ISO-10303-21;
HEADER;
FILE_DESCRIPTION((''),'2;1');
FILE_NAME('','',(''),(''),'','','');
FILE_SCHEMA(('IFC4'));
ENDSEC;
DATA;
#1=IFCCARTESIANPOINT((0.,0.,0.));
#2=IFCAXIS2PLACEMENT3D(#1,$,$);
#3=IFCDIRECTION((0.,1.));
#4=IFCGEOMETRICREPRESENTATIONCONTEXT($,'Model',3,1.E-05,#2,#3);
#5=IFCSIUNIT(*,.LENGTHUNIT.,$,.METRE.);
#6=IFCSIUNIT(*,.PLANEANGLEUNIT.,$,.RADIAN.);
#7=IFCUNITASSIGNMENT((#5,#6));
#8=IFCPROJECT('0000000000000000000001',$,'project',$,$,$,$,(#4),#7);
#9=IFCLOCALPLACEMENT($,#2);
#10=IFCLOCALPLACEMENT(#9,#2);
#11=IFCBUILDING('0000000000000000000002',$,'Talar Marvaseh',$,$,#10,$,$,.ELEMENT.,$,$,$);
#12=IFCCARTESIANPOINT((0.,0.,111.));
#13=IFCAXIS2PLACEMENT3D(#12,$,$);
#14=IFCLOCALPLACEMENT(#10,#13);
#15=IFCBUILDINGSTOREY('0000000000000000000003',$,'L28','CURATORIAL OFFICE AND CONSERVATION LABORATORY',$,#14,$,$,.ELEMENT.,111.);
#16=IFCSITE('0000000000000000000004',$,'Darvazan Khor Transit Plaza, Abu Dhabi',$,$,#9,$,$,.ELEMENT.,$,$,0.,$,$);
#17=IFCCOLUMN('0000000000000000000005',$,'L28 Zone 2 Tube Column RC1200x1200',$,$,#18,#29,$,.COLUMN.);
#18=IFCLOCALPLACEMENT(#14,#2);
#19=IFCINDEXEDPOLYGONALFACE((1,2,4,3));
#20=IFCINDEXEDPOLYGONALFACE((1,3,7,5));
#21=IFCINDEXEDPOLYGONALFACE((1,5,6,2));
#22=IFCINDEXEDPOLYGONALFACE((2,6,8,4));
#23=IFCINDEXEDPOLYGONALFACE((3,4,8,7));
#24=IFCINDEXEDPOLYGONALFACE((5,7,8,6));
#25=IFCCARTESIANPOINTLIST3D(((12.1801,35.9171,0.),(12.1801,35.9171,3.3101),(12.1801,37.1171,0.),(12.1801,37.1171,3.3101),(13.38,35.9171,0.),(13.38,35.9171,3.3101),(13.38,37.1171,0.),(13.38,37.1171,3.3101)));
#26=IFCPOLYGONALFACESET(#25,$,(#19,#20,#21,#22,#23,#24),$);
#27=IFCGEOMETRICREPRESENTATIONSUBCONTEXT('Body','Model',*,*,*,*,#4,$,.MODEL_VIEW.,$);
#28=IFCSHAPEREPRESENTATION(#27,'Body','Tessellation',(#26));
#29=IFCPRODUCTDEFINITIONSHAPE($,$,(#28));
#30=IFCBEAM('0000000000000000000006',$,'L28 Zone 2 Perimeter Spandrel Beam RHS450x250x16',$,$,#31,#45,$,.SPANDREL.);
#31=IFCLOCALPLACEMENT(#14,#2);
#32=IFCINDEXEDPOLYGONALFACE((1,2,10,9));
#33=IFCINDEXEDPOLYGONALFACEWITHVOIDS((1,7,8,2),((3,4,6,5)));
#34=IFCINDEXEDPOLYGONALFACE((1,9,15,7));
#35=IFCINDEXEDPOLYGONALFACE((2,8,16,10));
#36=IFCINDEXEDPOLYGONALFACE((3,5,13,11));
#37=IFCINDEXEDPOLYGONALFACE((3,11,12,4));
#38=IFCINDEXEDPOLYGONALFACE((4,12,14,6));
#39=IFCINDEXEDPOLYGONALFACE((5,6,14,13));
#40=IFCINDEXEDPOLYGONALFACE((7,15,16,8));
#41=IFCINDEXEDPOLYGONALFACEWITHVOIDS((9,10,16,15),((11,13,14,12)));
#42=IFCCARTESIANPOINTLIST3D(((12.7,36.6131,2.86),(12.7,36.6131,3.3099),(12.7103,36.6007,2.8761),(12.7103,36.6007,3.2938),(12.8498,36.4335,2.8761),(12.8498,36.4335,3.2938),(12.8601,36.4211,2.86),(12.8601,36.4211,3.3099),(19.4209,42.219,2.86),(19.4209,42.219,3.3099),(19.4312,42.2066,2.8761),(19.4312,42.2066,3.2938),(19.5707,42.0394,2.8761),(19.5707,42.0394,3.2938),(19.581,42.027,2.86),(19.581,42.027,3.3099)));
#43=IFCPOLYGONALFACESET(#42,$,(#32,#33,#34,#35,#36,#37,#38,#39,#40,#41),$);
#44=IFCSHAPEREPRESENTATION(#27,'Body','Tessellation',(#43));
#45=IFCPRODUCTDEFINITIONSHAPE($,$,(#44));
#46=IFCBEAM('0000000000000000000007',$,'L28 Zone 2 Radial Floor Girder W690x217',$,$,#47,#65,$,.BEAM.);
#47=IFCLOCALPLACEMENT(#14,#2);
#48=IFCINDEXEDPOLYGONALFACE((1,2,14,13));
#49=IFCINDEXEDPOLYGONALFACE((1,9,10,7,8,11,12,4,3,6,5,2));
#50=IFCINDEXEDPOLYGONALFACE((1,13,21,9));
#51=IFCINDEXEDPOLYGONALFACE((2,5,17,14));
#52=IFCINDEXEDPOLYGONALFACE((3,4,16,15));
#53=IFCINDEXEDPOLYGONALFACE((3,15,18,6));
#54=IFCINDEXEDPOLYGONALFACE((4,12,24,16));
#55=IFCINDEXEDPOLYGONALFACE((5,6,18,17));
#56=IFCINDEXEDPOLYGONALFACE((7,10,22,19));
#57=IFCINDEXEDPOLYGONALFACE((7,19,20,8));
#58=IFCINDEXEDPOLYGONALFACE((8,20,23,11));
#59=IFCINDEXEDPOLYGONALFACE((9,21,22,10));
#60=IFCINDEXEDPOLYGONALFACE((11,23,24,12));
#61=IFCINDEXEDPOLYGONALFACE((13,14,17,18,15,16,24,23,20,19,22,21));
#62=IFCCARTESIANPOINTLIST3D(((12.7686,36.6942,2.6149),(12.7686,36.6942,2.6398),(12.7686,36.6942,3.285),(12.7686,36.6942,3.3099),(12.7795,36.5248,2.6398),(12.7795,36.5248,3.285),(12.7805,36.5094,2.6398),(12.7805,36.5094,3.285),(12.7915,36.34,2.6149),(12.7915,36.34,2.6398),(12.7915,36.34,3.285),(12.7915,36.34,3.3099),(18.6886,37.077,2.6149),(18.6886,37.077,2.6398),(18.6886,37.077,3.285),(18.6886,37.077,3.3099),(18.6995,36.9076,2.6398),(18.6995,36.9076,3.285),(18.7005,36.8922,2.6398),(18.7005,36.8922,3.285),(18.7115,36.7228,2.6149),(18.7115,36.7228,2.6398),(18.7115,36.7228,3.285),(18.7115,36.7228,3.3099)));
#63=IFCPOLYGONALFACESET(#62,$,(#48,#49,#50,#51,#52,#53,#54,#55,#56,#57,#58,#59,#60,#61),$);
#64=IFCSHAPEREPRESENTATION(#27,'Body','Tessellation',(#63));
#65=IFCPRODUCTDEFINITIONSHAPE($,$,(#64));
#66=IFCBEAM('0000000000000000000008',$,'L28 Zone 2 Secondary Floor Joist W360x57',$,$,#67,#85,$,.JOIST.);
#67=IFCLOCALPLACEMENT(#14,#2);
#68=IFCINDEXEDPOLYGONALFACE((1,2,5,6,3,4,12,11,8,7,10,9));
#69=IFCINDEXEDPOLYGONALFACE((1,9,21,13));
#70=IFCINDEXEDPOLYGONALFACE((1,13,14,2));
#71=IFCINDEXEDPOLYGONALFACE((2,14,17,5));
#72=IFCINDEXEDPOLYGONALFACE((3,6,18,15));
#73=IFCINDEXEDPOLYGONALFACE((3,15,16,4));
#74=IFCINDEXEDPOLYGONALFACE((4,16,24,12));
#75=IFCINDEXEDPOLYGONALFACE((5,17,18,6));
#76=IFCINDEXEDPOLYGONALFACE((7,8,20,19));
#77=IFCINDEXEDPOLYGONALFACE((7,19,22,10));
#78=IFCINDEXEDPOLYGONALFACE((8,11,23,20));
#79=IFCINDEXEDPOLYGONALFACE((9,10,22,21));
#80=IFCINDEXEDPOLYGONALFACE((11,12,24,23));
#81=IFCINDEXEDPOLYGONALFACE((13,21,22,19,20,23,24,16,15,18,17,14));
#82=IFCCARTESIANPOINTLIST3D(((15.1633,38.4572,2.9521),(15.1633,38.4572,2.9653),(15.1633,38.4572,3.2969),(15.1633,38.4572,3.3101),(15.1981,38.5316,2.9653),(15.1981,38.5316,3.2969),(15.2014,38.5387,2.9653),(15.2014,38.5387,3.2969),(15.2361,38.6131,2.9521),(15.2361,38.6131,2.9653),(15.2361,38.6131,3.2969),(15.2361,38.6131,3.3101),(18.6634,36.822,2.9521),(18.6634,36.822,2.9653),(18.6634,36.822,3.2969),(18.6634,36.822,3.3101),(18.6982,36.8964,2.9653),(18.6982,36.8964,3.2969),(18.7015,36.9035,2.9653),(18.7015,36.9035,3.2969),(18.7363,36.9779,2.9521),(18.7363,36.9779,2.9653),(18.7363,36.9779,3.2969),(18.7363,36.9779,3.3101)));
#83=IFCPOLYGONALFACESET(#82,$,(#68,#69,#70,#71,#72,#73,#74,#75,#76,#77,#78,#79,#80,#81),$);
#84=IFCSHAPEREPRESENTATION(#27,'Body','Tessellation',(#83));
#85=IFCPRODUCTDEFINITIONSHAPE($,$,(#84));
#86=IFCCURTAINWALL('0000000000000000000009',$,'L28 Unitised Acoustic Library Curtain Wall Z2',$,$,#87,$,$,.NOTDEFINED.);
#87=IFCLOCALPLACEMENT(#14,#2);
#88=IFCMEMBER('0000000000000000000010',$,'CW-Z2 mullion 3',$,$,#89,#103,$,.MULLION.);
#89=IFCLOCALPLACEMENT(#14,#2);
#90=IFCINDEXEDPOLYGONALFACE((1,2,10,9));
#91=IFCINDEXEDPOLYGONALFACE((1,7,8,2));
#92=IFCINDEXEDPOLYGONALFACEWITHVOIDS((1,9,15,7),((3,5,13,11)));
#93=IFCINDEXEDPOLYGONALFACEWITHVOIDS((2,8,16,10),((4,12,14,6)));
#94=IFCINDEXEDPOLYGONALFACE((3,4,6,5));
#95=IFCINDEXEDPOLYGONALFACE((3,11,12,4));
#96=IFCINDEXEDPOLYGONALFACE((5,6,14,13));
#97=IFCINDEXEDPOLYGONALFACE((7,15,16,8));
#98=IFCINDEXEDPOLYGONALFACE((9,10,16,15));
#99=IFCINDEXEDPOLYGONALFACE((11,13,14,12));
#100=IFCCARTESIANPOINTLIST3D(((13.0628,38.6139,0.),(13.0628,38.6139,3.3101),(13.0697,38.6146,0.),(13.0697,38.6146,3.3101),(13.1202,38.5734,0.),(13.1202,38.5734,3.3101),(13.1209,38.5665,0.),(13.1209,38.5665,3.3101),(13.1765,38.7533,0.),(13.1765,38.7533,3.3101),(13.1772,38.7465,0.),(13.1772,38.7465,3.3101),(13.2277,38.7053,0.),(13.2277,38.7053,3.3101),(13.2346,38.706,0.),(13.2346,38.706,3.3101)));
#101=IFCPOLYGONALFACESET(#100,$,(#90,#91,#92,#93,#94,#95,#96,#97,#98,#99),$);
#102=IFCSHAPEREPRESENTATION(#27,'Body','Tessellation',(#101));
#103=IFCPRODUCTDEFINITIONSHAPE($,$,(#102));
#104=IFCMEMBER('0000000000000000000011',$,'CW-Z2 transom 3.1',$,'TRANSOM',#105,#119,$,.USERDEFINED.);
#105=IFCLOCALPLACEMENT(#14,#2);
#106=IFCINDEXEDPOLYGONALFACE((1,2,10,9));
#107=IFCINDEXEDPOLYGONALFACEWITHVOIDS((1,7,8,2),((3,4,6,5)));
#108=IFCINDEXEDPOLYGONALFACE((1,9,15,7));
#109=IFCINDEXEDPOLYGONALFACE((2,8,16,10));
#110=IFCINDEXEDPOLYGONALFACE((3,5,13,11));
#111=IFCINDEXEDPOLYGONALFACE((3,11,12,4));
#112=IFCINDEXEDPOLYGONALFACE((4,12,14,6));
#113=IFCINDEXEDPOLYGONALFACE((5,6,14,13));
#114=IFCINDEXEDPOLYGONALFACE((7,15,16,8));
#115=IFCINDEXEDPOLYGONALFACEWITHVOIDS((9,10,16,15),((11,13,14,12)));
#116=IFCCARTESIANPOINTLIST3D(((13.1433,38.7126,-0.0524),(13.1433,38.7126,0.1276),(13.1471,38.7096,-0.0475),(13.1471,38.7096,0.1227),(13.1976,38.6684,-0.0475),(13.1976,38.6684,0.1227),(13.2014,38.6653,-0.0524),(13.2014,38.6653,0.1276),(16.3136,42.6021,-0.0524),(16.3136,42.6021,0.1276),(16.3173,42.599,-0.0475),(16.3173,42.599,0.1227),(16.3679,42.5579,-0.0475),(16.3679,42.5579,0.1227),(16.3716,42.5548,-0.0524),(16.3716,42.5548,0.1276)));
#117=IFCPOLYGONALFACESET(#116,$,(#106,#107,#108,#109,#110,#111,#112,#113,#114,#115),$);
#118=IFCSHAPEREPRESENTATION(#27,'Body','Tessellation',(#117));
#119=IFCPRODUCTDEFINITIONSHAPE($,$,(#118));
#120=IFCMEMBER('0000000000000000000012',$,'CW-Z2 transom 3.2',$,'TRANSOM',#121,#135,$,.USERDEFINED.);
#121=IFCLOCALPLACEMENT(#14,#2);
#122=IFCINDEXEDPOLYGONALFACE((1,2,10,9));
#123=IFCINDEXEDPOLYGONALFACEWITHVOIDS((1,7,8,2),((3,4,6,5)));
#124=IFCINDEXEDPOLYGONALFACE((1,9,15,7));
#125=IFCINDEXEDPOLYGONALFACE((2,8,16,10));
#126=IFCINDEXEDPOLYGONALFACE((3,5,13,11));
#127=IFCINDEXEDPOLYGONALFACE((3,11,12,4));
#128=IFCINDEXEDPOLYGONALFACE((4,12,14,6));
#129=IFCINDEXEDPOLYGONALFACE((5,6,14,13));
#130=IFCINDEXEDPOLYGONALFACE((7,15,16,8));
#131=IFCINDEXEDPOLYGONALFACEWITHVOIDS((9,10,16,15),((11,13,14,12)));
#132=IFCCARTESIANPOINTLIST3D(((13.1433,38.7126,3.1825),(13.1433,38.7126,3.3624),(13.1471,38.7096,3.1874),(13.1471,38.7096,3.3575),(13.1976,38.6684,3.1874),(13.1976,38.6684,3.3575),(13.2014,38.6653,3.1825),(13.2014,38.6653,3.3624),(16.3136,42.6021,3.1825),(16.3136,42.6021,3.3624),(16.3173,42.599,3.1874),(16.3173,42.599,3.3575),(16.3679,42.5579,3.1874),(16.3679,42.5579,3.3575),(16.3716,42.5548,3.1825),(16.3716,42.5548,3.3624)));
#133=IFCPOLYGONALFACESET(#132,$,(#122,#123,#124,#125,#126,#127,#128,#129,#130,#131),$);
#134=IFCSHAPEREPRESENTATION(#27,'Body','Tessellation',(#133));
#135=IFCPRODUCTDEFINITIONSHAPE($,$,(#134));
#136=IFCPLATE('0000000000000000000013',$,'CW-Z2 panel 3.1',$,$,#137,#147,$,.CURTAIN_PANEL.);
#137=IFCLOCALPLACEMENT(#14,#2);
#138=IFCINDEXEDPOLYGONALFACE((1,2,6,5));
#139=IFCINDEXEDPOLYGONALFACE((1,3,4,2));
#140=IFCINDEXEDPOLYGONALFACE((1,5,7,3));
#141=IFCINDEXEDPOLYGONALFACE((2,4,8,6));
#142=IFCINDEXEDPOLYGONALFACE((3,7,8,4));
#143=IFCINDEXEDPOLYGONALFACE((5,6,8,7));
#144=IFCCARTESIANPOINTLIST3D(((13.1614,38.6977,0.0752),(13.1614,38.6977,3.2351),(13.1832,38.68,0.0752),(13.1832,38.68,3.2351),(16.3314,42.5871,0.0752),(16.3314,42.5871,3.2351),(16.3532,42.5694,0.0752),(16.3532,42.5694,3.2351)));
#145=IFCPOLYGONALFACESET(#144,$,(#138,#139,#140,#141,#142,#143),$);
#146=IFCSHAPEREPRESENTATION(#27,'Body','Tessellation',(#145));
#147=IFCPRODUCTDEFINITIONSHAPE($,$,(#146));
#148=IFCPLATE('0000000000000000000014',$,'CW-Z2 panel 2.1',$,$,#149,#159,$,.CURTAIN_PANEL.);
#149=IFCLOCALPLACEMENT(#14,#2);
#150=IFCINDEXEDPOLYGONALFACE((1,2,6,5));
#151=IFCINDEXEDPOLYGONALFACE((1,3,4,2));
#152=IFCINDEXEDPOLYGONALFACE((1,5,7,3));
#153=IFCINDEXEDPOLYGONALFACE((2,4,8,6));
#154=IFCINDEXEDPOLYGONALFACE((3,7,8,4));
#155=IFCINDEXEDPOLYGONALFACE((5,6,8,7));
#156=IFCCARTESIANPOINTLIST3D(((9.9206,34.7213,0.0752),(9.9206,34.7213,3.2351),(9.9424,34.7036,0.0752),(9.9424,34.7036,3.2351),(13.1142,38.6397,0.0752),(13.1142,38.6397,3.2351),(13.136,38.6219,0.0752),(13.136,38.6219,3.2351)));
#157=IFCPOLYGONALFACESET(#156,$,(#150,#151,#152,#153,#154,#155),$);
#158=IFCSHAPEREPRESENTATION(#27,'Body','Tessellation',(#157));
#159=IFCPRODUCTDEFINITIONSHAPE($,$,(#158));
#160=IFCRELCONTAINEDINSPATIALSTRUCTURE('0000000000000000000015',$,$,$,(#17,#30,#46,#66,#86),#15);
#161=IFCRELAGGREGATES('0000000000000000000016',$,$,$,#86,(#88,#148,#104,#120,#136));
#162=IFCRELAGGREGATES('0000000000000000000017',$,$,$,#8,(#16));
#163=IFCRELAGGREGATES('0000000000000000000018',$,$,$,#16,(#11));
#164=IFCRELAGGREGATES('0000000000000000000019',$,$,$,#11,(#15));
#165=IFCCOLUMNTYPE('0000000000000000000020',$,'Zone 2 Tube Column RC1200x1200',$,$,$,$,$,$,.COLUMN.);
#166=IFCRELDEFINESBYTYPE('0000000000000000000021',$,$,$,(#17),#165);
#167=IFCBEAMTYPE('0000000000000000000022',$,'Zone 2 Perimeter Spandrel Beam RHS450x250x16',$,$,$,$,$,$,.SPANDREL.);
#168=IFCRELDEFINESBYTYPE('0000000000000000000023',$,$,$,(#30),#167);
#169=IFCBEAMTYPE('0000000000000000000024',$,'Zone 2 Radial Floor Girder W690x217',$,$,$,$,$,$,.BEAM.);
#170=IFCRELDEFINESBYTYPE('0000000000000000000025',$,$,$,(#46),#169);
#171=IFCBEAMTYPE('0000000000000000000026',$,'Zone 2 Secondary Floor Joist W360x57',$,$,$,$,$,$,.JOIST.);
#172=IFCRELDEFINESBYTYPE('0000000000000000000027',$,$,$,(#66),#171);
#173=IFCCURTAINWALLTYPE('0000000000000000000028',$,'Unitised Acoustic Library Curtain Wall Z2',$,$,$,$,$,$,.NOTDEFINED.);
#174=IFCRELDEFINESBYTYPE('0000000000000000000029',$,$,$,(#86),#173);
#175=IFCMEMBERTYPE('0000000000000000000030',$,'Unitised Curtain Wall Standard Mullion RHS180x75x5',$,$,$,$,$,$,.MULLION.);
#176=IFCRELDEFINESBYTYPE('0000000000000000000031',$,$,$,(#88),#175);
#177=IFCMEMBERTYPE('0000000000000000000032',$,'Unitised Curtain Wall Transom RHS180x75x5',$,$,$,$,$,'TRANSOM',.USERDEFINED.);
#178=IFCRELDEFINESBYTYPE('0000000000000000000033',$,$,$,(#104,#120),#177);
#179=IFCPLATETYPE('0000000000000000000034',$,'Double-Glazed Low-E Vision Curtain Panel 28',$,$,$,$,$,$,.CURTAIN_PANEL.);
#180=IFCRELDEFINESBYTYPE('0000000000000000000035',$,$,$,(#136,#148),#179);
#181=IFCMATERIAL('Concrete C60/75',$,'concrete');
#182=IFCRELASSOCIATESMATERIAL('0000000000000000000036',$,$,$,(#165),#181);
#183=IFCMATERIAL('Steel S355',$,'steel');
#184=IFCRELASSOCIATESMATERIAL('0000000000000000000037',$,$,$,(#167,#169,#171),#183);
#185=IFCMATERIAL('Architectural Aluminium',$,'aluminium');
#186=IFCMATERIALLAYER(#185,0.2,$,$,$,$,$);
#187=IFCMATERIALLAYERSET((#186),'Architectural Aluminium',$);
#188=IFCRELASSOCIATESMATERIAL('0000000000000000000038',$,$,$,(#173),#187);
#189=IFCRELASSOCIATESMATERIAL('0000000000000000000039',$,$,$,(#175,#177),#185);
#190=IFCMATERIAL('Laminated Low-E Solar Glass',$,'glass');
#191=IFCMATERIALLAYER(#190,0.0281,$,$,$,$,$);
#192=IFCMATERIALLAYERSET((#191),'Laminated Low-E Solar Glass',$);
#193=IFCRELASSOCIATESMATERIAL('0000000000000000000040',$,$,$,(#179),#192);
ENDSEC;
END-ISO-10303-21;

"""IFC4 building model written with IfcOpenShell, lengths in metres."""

from ifc_helpers import new_model, si_unit, direction, frame, origin, origin_2d, place, context, subcontext, project, spatial, rectangle, hollow_rectangle, i_section, extrude, source, transform, mapped, material, layer, layer_set, material_profile, profile_set, type_object, type_shapes, element, aggregate, save


model = new_model("IFC4")

# Units and contexts
model_context = context("Model", 3, precision=1e-05, world=origin(), true_north=direction((0.0, 1.0)))
body_context = subcontext(model_context, "Body", "Model", "MODEL_VIEW")
ifc_project = project(units=[si_unit("LENGTHUNIT", "METRE"), si_unit("PLANEANGLEUNIT", "RADIAN")], contexts=[model_context])

# Site, building, storey
site_placement = place(None, origin())
site = spatial("IfcSite", under=ifc_project, at=site_placement, Name="Darvazan Khor Transit Plaza, Abu Dhabi", CompositionType="ELEMENT", RefElevation=0.0)
building_placement = place(site_placement, origin())
building = spatial("IfcBuilding", under=site, at=building_placement, Name="Talar Marvaseh", CompositionType="ELEMENT")
storey_placement = place(building_placement, frame((0.0, 0.0, 111.0)))
storey = spatial("IfcBuildingStorey", under=building, at=storey_placement, Name="L28", Description="CURATORIAL OFFICE AND CONSERVATION LABORATORY", CompositionType="ELEMENT", Elevation=111.0)

# Column
ifc_material_1 = material(Name="Concrete C60/75", Category="concrete")
ifc_material_profile_1 = material_profile(ifc_material_1, rectangle(XDim=1.2, YDim=1.2, at=origin_2d()), Name="RC1200x1200")
ifc_profile_set_1 = profile_set([ifc_material_profile_1], Name="Concrete C60/75")
column_type = type_object("IfcColumnType", Name="Zone 2 Tube Column RC1200x1200", PredefinedType="COLUMN", material=ifc_profile_set_1)
column_placement = place(storey_placement, frame((12.78, 36.5171, 0.0), z_axis=(0.0, 0.0, 1.0), x_axis=(1.0, 0.0, 0.0)))
element("IfcColumn", 1, at=column_placement, inside=storey, type_object=column_type, Name="L28 Zone 2 Tube Column RC1200x1200", PredefinedType="COLUMN", context=body_context, shape_type="SweptSolid", body=[
    extrude(rectangle(XDim=1.2, YDim=1.2, at=origin_2d()), origin(), (0.0, 0.0, 1.0), 3.3101),
])

# Beams
ifc_material_2 = material(Name="Steel S355", Category="steel")
ifc_material_profile_2 = material_profile(ifc_material_2, hollow_rectangle(XDim=0.25, YDim=0.45, WallThickness=0.0161, at=origin_2d()), Name="RHS450x250x16")
ifc_profile_set_2 = profile_set([ifc_material_profile_2], Name="Steel S355")
beam_type_1 = type_object("IfcBeamType", Name="Zone 2 Perimeter Spandrel Beam RHS450x250x16", PredefinedType="SPANDREL", material=ifc_profile_set_2)
beam_1_placement = place(storey_placement, frame((12.78, 36.5171, 3.085), z_axis=(0.767931, 0.640533, 0.0), x_axis=(-0.640533, 0.767931, 0.0)))
element("IfcBeam", 2, at=beam_1_placement, inside=storey, type_object=beam_type_1, Name="L28 Zone 2 Perimeter Spandrel Beam RHS450x250x16", PredefinedType="SPANDREL", context=body_context, shape_type="SweptSolid", body=[
    extrude(hollow_rectangle(XDim=0.25, YDim=0.45, WallThickness=0.0161, at=origin_2d()), origin(), (0.0, 0.0, 1.0), 8.752),
])
ifc_material_profile_3 = material_profile(ifc_material_2, i_section(OverallWidth=0.355, OverallDepth=0.6951, WebThickness=0.0154, FlangeThickness=0.0249, at=origin_2d()), Name="W690x217")
ifc_profile_set_3 = profile_set([ifc_material_profile_3], Name="Steel S355")
beam_type_2 = type_object("IfcBeamType", Name="Zone 2 Radial Floor Girder W690x217", PredefinedType="BEAM", material=ifc_profile_set_3)
beam_2_placement = place(storey_placement, frame((12.78, 36.5171, 2.9624), z_axis=(0.997916, 0.06453, 0.0), x_axis=(-0.06453, 0.997916, 0.0)))
element("IfcBeam", 3, at=beam_2_placement, inside=storey, type_object=beam_type_2, Name="L28 Zone 2 Radial Floor Girder W690x217", PredefinedType="BEAM", context=body_context, shape_type="SweptSolid", body=[
    extrude(i_section(OverallWidth=0.355, OverallDepth=0.6951, WebThickness=0.0154, FlangeThickness=0.0249, at=origin_2d()), origin(), (0.0, 0.0, 1.0), 5.9324),
])
ifc_material_profile_4 = material_profile(ifc_material_2, i_section(OverallWidth=0.1721, OverallDepth=0.3579, WebThickness=0.0078, FlangeThickness=0.0132, at=origin_2d()), Name="W360x57")
ifc_profile_set_4 = profile_set([ifc_material_profile_4], Name="Steel S355")
beam_type_3 = type_object("IfcBeamType", Name="Zone 2 Secondary Floor Joist W360x57", PredefinedType="JOIST", material=ifc_profile_set_4)
beam_3_placement = place(storey_placement, frame((15.1997, 38.5352, 3.1311), z_axis=(0.906004, -0.423269, 0.0), x_axis=(0.423269, 0.906004, 0.0)))
element("IfcBeam", 4, at=beam_3_placement, inside=storey, type_object=beam_type_3, Name="L28 Zone 2 Secondary Floor Joist W360x57", PredefinedType="JOIST", context=body_context, shape_type="SweptSolid", body=[
    extrude(i_section(OverallWidth=0.1721, OverallDepth=0.3579, WebThickness=0.0078, FlangeThickness=0.0132, at=origin_2d()), origin(), (0.0, 0.0, 1.0), 3.8633),
])

# Curtain wall, members, plates
ifc_material_3 = material(Name="Architectural Aluminium", Category="aluminium")
ifc_layer_1 = layer(ifc_material_3, 0.2)
ifc_layer_set_1 = layer_set([ifc_layer_1], Name="Architectural Aluminium")
curtain_wall_type = type_object("IfcCurtainWallType", Name="Unitised Acoustic Library Curtain Wall Z2", PredefinedType="NOTDEFINED", material=ifc_layer_set_1)
curtain_wall_placement = place(storey_placement, origin())
curtain_wall = element("IfcCurtainWall", 5, at=curtain_wall_placement, inside=storey, type_object=curtain_wall_type, Name="L28 Unitised Acoustic Library Curtain Wall Z2", PredefinedType="NOTDEFINED")
ifc_material_profile_5 = material_profile(ifc_material_3, hollow_rectangle(XDim=0.075, YDim=0.1799, WallThickness=0.0049, at=origin_2d()), Name="RHS180x75x5")
ifc_profile_set_5 = profile_set([ifc_material_profile_5], Name="Architectural Aluminium")
member_type_1 = type_object("IfcMemberType", Name="Unitised Curtain Wall Standard Mullion RHS180x75x5", PredefinedType="MULLION", material=ifc_profile_set_5)
shared_shape_1 = source(origin(), body_context, "Body", "SweptSolid", [
    extrude(hollow_rectangle(XDim=0.075, YDim=0.1799, WallThickness=0.0049, at=origin_2d()), origin(), (0.0, 0.0, 1.0), 3.3101),
])
type_shapes(member_type_1, [shared_shape_1])
member_1_placement = place(storey_placement, frame((13.1487, 38.6599, 0.0), z_axis=(0.0, 0.0, 1.0), x_axis=(-0.775146, 0.631782, 0.0)))
member_1 = element("IfcMember", 6, at=member_1_placement, type_object=member_type_1, Name="CW-Z2 mullion 3", PredefinedType="MULLION", context=body_context, shape_type="MappedRepresentation", body=[
    mapped(shared_shape_1, transform((0.0, 0.0, 0.0), x_axis=(1.0, 0.0, 0.0), y_axis=(0.0, 1.0, 0.0), z_axis=(0.0, 0.0, 1.0), scale=1.0)),
])
ifc_material_profile_6 = material_profile(ifc_material_3, hollow_rectangle(XDim=0.075, YDim=0.1799, WallThickness=0.0049, at=origin_2d()), Name="RHS180x75x5")
ifc_profile_set_6 = profile_set([ifc_material_profile_6], Name="Architectural Aluminium")
member_type_2 = type_object("IfcMemberType", Name="Unitised Curtain Wall Transom RHS180x75x5", ElementType="TRANSOM", PredefinedType="USERDEFINED", material=ifc_profile_set_6)
shared_shape_2 = source(origin(), body_context, "Body", "SweptSolid", [
    extrude(hollow_rectangle(XDim=0.075, YDim=0.1799, WallThickness=0.0049, at=origin_2d()), origin(), (0.0, 0.0, 1.0), 5.0178),
])
type_shapes(member_type_2, [shared_shape_2])
member_2_placement = place(storey_placement, frame((13.1724, 38.689, 0.0376), z_axis=(0.631795, 0.775135, 0.0), x_axis=(-0.775135, 0.631795, 0.0)))
member_2 = element("IfcMember", 7, at=member_2_placement, type_object=member_type_2, Name="CW-Z2 transom 3.1", ObjectType="TRANSOM", PredefinedType="USERDEFINED", context=body_context, shape_type="MappedRepresentation", body=[
    mapped(shared_shape_2, transform((0.0, 0.0, 0.0), x_axis=(1.0, 0.0, 0.0), y_axis=(0.0, 1.0, 0.0), z_axis=(0.0, 0.0, 1.0), scale=1.0)),
])
member_3_placement = place(storey_placement, frame((13.1724, 38.689, 3.2725), z_axis=(0.631795, 0.775135, 0.0), x_axis=(-0.775135, 0.631795, 0.0)))
member_3 = element("IfcMember", 8, at=member_3_placement, type_object=member_type_2, Name="CW-Z2 transom 3.2", ObjectType="TRANSOM", PredefinedType="USERDEFINED", context=body_context, shape_type="MappedRepresentation", body=[
    mapped(shared_shape_2, transform((0.0, 0.0, 0.0), x_axis=(1.0, 0.0, 0.0), y_axis=(0.0, 1.0, 0.0), z_axis=(0.0, 0.0, 1.0), scale=1.0)),
])
ifc_material_4 = material(Name="Laminated Low-E Solar Glass", Category="glass")
ifc_layer_2 = layer(ifc_material_4, 0.0281)
ifc_layer_set_2 = layer_set([ifc_layer_2], Name="Laminated Low-E Solar Glass")
plate_type = type_object("IfcPlateType", Name="Double-Glazed Low-E Vision Curtain Panel 28", PredefinedType="CURTAIN_PANEL", material=ifc_layer_set_2)
shared_shape_3 = source(origin(), body_context, "Body", "SweptSolid", [
    extrude(rectangle(XDim=5.0176, YDim=0.0281, at=origin_2d()), origin(), (0.0, 0.0, 1.0), 3.1599),
])
plate_1_placement = place(storey_placement, frame((14.7573, 40.6335, 0.0752), z_axis=(0.0, 0.0, 1.0), x_axis=(0.631782, 0.775146, 0.0)))
plate_1 = element("IfcPlate", 9, at=plate_1_placement, type_object=plate_type, Name="CW-Z2 panel 3.1", PredefinedType="CURTAIN_PANEL", context=body_context, shape_type="MappedRepresentation", body=[
    mapped(shared_shape_3, transform((0.0, 0.0, 0.0), x_axis=(1.0, 0.0, 0.0), y_axis=(0.0, 1.0, 0.0), z_axis=(0.0, 0.0, 1.0), scale=1.0)),
])
shared_shape_4 = source(origin(), body_context, "Body", "SweptSolid", [
    extrude(rectangle(XDim=5.0549, YDim=0.0281, at=origin_2d()), origin(), (0.0, 0.0, 1.0), 3.1599),
])
type_shapes(plate_type, [shared_shape_3, shared_shape_4])
plate_2_placement = place(storey_placement, frame((11.5283, 36.6716, 0.0752), z_axis=(0.0, 0.0, 1.0), x_axis=(0.631782, 0.775146, 0.0)))
plate_2 = element("IfcPlate", 10, at=plate_2_placement, type_object=plate_type, Name="CW-Z2 panel 2.1", PredefinedType="CURTAIN_PANEL", context=body_context, shape_type="MappedRepresentation", body=[
    mapped(shared_shape_4, transform((0.0, 0.0, 0.0), x_axis=(1.0, 0.0, 0.0), y_axis=(0.0, 1.0, 0.0), z_axis=(0.0, 0.0, 1.0), scale=1.0)),
])
aggregate(curtain_wall, [member_1, plate_2, member_2, member_3, plate_1])

save(model, "model.ifc")
